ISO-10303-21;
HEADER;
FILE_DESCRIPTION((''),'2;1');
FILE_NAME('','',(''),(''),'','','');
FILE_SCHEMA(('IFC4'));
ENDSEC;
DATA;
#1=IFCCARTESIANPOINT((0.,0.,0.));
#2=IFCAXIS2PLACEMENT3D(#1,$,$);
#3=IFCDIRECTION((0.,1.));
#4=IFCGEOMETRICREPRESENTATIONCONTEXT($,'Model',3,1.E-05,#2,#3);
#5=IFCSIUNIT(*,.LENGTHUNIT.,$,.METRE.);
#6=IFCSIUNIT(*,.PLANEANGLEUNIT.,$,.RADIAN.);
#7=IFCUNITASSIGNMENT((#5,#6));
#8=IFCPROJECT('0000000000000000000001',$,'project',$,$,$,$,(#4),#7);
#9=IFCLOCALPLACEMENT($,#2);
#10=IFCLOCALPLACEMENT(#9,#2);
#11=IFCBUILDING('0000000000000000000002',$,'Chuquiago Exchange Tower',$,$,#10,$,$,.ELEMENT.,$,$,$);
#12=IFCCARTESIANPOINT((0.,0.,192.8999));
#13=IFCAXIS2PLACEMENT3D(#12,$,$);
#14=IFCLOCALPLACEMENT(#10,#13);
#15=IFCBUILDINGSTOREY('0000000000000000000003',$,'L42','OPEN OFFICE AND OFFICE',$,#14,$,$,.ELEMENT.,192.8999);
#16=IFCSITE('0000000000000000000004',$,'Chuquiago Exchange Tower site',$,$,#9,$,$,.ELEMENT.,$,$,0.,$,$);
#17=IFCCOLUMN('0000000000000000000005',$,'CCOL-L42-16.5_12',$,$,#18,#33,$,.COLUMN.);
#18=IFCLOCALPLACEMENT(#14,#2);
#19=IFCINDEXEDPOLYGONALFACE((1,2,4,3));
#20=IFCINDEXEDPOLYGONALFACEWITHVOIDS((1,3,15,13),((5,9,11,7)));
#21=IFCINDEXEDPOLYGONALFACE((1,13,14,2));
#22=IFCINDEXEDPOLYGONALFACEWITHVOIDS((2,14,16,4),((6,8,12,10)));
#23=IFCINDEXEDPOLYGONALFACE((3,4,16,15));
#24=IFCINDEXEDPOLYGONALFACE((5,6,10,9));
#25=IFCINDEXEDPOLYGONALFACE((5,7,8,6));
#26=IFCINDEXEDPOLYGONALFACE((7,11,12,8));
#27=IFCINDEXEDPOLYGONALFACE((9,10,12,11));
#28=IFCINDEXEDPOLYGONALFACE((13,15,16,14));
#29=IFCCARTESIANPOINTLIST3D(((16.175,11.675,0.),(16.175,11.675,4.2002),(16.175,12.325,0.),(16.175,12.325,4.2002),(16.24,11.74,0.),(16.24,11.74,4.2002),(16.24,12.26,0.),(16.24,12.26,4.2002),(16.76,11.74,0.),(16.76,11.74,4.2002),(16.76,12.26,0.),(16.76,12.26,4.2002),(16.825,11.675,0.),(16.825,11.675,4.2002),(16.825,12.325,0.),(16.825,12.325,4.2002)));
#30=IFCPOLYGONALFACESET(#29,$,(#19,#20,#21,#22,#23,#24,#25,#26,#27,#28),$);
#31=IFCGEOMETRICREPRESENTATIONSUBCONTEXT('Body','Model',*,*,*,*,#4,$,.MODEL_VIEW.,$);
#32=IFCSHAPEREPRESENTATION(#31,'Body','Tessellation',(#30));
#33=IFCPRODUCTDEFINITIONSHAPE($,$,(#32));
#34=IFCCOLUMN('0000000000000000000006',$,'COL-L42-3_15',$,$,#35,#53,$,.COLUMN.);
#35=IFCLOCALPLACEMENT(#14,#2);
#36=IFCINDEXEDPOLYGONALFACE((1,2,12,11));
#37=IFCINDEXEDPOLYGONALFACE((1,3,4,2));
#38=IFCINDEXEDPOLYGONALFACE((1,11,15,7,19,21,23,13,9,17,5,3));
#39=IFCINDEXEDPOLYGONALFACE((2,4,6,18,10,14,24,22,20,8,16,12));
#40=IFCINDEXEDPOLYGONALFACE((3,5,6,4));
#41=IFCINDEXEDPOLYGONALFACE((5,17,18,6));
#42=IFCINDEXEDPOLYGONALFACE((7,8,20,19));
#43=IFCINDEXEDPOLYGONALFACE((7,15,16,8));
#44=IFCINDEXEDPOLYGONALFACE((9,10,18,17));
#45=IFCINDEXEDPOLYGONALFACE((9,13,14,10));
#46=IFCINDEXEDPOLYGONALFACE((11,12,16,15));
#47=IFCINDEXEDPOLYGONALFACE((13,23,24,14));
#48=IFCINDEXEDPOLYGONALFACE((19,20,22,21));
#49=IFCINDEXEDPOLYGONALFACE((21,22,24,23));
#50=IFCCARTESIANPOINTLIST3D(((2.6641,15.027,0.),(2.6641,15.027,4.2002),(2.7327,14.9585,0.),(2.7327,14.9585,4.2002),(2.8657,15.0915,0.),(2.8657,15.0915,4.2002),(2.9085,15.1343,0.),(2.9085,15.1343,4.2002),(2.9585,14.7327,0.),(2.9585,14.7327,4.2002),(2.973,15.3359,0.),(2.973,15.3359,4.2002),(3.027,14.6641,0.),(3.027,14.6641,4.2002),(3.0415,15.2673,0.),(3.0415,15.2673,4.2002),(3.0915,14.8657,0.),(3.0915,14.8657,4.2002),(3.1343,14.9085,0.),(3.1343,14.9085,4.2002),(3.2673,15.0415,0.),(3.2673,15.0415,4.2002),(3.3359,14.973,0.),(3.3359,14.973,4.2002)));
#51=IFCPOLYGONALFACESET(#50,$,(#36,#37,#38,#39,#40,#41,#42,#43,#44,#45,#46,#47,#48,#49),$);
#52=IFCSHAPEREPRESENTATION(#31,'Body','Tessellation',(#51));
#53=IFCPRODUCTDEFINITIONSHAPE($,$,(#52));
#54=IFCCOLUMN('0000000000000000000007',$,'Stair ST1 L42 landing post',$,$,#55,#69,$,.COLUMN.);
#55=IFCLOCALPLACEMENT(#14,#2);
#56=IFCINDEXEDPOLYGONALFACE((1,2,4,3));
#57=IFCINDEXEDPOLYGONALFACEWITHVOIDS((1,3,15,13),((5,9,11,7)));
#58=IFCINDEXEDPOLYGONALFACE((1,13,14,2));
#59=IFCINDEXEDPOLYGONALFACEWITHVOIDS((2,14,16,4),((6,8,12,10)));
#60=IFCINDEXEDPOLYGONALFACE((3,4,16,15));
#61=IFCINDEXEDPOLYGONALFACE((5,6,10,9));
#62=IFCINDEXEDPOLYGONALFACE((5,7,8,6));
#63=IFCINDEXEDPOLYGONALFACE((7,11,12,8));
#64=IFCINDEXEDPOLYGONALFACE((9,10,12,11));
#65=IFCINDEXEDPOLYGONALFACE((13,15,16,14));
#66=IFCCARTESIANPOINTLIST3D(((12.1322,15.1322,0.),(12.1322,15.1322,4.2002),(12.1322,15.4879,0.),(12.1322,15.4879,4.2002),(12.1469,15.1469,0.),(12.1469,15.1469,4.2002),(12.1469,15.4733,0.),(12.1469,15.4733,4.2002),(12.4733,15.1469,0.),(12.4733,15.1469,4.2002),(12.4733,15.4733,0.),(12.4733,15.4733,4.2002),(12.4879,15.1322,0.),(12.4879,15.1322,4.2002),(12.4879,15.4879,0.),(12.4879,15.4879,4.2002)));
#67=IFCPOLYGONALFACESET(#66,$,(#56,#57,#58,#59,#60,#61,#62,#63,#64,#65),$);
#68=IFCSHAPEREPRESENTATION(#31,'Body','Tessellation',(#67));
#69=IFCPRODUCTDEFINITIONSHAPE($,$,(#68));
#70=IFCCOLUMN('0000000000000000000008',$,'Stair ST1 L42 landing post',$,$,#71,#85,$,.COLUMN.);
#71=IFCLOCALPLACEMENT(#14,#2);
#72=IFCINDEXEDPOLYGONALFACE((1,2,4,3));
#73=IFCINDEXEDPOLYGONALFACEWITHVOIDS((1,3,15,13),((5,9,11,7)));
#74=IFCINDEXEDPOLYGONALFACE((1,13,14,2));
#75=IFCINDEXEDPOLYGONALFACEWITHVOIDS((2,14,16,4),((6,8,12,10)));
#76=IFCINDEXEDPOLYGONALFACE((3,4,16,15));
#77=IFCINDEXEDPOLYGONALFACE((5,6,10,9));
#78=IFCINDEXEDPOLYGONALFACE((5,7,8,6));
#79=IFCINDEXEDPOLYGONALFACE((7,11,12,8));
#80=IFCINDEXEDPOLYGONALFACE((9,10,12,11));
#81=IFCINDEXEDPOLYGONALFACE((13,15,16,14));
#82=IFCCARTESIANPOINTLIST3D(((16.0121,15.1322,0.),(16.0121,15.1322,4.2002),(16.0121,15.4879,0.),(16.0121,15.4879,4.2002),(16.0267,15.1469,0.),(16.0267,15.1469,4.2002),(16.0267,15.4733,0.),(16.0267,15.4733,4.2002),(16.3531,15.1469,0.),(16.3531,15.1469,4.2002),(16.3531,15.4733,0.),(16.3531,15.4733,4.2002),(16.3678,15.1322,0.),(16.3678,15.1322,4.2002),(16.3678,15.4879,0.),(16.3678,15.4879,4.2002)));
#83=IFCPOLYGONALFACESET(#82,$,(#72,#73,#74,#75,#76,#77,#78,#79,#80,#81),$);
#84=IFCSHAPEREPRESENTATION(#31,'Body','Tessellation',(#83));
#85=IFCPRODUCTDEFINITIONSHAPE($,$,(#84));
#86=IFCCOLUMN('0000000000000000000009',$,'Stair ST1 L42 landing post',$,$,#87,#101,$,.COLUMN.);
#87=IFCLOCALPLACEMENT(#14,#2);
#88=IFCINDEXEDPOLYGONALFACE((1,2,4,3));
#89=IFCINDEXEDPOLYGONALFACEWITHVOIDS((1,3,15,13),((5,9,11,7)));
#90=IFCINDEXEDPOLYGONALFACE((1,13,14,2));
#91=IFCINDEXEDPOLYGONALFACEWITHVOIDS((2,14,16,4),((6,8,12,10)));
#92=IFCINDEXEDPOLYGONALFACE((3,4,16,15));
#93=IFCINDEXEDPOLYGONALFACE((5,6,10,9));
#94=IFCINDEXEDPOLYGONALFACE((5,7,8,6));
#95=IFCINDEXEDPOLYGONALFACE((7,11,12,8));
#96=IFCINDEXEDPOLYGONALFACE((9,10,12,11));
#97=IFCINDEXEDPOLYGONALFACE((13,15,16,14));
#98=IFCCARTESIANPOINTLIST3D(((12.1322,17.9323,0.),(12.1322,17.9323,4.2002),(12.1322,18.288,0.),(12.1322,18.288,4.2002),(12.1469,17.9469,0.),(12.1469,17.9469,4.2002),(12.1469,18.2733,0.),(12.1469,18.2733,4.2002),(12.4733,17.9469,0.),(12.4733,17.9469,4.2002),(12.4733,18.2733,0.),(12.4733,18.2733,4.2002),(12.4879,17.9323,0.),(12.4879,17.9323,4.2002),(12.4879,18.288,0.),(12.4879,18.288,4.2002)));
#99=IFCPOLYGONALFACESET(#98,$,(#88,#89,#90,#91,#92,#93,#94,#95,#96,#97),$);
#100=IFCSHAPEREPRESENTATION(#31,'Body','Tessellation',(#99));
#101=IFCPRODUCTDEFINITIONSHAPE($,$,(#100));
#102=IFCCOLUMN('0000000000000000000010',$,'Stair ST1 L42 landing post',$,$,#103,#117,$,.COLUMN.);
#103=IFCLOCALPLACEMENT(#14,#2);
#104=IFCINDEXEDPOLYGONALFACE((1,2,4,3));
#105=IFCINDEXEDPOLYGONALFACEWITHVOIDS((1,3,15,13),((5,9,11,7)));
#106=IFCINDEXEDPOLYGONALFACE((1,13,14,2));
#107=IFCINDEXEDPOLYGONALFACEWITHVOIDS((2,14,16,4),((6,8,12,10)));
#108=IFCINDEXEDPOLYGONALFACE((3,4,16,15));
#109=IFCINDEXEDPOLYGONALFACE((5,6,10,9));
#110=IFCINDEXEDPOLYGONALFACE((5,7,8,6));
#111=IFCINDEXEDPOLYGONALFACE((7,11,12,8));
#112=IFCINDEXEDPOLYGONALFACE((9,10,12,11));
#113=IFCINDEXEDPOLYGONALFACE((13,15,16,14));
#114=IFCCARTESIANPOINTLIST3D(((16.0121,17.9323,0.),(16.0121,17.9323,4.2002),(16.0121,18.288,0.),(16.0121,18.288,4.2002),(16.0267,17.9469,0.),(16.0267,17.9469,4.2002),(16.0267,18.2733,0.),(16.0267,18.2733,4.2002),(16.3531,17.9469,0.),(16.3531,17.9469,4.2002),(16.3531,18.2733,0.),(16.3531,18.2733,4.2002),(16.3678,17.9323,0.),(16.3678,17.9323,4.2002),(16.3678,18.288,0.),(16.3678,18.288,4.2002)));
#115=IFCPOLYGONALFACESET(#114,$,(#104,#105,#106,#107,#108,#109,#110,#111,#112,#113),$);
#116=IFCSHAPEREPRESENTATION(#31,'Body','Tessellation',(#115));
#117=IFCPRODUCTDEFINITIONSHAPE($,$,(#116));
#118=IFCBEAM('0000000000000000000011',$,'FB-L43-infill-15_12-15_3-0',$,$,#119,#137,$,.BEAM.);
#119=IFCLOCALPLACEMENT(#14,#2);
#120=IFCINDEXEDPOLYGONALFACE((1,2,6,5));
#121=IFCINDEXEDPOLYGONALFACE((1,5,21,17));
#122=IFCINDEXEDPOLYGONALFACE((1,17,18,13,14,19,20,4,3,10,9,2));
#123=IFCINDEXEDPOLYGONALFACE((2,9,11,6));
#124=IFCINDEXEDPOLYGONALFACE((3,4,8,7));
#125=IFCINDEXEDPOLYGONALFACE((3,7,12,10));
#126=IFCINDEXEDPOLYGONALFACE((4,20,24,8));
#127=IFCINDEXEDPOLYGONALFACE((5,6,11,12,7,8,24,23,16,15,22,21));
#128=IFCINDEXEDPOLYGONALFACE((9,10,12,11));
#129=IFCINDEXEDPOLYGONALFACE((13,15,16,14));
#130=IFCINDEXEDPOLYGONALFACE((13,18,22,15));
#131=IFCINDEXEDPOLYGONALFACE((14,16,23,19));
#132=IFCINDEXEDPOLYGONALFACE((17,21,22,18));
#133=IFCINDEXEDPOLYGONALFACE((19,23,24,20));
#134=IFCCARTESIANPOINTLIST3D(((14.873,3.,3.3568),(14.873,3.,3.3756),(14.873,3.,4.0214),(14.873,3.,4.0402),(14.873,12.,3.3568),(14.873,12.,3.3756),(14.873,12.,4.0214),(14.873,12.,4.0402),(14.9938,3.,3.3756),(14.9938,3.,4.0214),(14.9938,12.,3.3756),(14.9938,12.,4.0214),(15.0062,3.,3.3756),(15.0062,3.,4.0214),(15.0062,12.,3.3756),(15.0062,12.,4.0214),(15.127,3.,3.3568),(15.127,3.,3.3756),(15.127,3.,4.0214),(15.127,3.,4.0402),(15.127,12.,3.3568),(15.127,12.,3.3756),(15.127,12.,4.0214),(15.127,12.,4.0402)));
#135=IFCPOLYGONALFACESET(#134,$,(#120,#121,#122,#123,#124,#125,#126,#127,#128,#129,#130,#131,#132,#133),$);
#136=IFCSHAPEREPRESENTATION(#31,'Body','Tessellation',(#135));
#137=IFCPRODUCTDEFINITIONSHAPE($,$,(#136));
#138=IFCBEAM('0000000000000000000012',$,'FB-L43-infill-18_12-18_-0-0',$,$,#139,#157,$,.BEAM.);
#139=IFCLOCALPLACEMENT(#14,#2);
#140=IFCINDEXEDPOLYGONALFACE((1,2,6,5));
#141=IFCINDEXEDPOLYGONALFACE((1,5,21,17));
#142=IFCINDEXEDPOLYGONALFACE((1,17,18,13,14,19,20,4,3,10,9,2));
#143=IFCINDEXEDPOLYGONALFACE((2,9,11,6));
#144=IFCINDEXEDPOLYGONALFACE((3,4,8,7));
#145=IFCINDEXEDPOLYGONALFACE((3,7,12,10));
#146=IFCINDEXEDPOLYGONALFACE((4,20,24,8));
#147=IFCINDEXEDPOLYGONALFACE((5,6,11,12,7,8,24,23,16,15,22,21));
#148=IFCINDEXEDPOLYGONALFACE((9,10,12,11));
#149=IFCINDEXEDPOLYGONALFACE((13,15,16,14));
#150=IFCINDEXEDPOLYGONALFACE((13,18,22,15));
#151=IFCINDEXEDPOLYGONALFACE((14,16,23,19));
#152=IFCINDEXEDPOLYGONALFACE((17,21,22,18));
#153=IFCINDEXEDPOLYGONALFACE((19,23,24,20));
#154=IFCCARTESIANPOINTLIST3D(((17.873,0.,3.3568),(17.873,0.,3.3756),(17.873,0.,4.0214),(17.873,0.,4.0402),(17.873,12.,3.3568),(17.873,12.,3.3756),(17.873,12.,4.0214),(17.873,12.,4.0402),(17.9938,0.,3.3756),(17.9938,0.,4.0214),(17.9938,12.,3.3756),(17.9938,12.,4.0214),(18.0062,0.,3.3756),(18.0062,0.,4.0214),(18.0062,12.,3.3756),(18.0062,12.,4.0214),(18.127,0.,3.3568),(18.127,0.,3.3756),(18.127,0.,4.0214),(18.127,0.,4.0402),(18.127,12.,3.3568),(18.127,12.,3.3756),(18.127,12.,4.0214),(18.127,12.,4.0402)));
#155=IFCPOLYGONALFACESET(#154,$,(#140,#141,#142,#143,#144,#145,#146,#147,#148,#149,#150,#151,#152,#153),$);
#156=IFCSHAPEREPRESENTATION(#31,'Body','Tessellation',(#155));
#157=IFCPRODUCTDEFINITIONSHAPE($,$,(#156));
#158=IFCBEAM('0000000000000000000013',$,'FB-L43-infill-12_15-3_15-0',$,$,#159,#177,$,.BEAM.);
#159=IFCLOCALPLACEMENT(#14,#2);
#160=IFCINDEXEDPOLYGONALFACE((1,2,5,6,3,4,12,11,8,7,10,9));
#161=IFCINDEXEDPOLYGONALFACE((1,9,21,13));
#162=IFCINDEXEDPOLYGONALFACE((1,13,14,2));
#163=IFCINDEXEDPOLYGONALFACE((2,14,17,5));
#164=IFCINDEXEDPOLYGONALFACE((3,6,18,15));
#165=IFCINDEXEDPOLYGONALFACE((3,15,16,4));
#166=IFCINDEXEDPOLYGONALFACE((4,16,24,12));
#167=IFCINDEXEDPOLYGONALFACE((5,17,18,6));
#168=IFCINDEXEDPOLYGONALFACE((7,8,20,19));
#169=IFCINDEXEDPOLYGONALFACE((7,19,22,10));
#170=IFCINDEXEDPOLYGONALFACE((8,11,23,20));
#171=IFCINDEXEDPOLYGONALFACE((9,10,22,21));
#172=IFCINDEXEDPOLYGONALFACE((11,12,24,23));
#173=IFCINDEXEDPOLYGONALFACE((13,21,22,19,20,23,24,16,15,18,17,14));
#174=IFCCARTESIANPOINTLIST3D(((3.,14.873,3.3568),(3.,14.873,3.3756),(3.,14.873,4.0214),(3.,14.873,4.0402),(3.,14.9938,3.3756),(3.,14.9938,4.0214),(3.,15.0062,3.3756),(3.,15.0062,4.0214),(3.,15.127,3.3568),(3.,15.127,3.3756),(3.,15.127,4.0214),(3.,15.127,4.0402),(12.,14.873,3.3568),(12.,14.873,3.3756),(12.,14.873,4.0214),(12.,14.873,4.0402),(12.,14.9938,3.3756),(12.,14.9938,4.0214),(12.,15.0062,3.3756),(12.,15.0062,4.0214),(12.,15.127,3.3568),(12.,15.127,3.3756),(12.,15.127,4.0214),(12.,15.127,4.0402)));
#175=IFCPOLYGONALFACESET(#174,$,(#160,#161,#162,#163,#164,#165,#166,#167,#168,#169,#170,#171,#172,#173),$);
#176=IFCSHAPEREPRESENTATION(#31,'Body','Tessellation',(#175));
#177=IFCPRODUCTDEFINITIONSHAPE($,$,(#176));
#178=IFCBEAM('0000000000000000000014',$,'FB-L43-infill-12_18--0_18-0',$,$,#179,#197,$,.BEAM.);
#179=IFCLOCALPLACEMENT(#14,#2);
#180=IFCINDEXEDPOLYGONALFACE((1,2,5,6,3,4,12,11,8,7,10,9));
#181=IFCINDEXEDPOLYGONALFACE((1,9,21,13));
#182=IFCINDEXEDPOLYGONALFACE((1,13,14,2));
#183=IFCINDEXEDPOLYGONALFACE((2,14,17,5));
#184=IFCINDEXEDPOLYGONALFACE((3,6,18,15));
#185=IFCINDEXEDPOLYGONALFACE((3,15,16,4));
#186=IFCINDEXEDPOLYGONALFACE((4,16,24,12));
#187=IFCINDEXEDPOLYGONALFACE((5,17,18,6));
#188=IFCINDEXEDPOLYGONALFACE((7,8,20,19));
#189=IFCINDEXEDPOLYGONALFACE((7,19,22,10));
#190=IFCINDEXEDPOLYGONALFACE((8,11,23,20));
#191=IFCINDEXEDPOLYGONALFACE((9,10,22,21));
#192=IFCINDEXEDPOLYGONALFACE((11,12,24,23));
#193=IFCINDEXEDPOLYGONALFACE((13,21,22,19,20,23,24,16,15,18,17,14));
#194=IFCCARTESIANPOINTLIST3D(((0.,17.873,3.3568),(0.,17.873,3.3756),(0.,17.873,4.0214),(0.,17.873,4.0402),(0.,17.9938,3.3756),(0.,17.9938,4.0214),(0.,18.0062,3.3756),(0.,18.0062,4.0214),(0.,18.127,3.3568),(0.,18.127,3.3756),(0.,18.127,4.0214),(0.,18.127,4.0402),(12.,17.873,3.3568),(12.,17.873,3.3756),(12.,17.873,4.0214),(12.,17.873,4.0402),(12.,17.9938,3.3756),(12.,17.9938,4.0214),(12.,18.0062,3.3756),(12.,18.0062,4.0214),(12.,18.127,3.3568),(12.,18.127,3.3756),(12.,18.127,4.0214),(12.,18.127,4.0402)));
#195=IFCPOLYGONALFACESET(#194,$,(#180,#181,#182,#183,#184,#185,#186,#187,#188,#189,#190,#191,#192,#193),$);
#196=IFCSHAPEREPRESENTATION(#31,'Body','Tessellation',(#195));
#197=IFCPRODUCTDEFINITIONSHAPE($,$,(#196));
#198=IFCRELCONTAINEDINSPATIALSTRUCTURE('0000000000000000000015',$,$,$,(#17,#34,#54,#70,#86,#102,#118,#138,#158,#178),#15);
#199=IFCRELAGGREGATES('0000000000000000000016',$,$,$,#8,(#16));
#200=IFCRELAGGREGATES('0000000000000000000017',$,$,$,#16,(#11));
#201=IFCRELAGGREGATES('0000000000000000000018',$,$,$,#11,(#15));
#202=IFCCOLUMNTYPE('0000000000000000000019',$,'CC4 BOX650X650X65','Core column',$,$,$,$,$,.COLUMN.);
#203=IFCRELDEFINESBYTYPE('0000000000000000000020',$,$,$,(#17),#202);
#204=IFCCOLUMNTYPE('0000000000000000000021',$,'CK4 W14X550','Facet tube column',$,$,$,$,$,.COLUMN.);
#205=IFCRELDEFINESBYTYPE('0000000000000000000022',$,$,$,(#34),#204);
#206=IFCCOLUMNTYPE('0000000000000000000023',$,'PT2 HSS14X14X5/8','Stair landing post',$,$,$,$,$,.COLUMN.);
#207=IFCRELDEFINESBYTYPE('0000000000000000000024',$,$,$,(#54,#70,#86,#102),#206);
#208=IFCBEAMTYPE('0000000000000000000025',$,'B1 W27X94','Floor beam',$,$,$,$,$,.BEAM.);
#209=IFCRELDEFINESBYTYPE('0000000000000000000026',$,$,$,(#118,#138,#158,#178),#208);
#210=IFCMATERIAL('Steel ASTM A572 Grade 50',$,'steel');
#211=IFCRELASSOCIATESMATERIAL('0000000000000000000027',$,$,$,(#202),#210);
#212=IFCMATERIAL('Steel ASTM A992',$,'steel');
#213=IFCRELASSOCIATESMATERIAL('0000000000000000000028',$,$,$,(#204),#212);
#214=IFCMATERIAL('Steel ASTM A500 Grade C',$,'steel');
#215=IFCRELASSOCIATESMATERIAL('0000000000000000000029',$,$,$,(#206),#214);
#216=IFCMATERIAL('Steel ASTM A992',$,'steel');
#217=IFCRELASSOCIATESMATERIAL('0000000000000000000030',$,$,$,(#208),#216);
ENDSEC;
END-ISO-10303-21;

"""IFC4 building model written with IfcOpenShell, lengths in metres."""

from ifc_helpers import new_model, si_unit, direction, frame, origin, origin_2d, place, context, subcontext, project, spatial, hollow_rectangle, i_section, extrude, material, material_profile, profile_set, type_object, element, save


model = new_model("IFC4")

# Units and contexts
model_context = context("Model", 3, precision=1e-05, world=origin(), true_north=direction((0.0, 1.0)))
body_context = subcontext(model_context, "Body", "Model", "MODEL_VIEW")
ifc_project = project(units=[si_unit("LENGTHUNIT", "METRE"), si_unit("PLANEANGLEUNIT", "RADIAN")], contexts=[model_context])

# Site, building, storey
site_placement = place(None, origin())
site = spatial("IfcSite", under=ifc_project, at=site_placement, Name="Chuquiago Exchange Tower site", CompositionType="ELEMENT", RefElevation=0.0)
building_placement = place(site_placement, origin())
building = spatial("IfcBuilding", under=site, at=building_placement, Name="Chuquiago Exchange Tower", CompositionType="ELEMENT")
storey_placement = place(building_placement, frame((0.0, 0.0, 192.8999)))
storey = spatial("IfcBuildingStorey", under=building, at=storey_placement, Name="L42", Description="OPEN OFFICE AND OFFICE", CompositionType="ELEMENT", Elevation=192.8999)

# Columns
ifc_material_1 = material(Name="Steel ASTM A572 Grade 50", Category="steel")
ifc_material_profile_1 = material_profile(ifc_material_1, hollow_rectangle(XDim=0.6499, YDim=0.6499, WallThickness=0.0649, at=origin_2d()), Name="BOX650X650X65")
ifc_profile_set_1 = profile_set([ifc_material_profile_1], Name="Steel ASTM A572 Grade 50")
column_type_1 = type_object("IfcColumnType", Name="CC4 BOX650X650X65", Description="Core column", PredefinedType="COLUMN", material=ifc_profile_set_1)
column_1_placement = place(storey_placement, frame((16.5, 12.0, 0.0), z_axis=(0.0, 0.0, 1.0), x_axis=(1.0, 0.0, 0.0)))
element("IfcColumn", 1, at=column_1_placement, inside=storey, type_object=column_type_1, Name="CCOL-L42-16.5_12", PredefinedType="COLUMN", context=body_context, shape_type="SweptSolid", body=[
    extrude(hollow_rectangle(XDim=0.6499, YDim=0.6499, WallThickness=0.0649, at=origin_2d()), origin(), (0.0, 0.0, 1.0), 4.2002),
])
ifc_material_2 = material(Name="Steel ASTM A992", Category="steel")
ifc_material_profile_2 = material_profile(ifc_material_2, i_section(OverallWidth=0.4368, OverallDepth=0.5132, WebThickness=0.0605, FlangeThickness=0.0969, at=origin_2d()), Name="W14X550")
ifc_profile_set_2 = profile_set([ifc_material_profile_2], Name="Steel ASTM A992")
column_type_2 = type_object("IfcColumnType", Name="CK4 W14X550", Description="Facet tube column", PredefinedType="COLUMN", material=ifc_profile_set_2)
column_2_placement = place(storey_placement, frame((3.0, 15.0, 0.0), z_axis=(0.0, 0.0, 1.0), x_axis=(-0.707107, -0.707107, 0.0)))
element("IfcColumn", 2, at=column_2_placement, inside=storey, type_object=column_type_2, Name="COL-L42-3_15", PredefinedType="COLUMN", context=body_context, shape_type="SweptSolid", body=[
    extrude(i_section(OverallWidth=0.4368, OverallDepth=0.5132, WebThickness=0.0605, FlangeThickness=0.0969, at=origin_2d()), origin(), (0.0, 0.0, 1.0), 4.2002),
])
ifc_material_3 = material(Name="Steel ASTM A500 Grade C", Category="steel")
ifc_material_profile_3 = material_profile(ifc_material_3, hollow_rectangle(XDim=0.3557, YDim=0.3557, WallThickness=0.0146, at=origin_2d()), Name="HSS14X14X5/8")
ifc_profile_set_3 = profile_set([ifc_material_profile_3], Name="Steel ASTM A500 Grade C")
column_type_3 = type_object("IfcColumnType", Name="PT2 HSS14X14X5/8", Description="Stair landing post", PredefinedType="COLUMN", material=ifc_profile_set_3)
for number, where, z_axis, x_axis, name in (
    (3, (12.3101, 15.3101, 0.0), (0.0, 0.0, 1.0), (1.0, 0.0, 0.0), "Stair ST1 L42 landing post"),
    (4, (16.1899, 15.3101, 0.0), (0.0, 0.0, 1.0), (1.0, 0.0, 0.0), "Stair ST1 L42 landing post"),
    (5, (12.3101, 18.1101, 0.0), (0.0, 0.0, 1.0), (1.0, 0.0, 0.0), "Stair ST1 L42 landing post"),
    (6, (16.1899, 18.1101, 0.0), (0.0, 0.0, 1.0), (1.0, 0.0, 0.0), "Stair ST1 L42 landing post"),
):
    element("IfcColumn", number, at=place(storey_placement, frame(where, z_axis=z_axis, x_axis=x_axis)), inside=storey, type_object=column_type_3, Name=name, PredefinedType="COLUMN", context=body_context, shape_type="SweptSolid", body=[
        extrude(hollow_rectangle(XDim=0.3557, YDim=0.3557, WallThickness=0.0146, at=origin_2d()), origin(), (0.0, 0.0, 1.0), 4.2002),
    ])

# Beams
ifc_material_4 = material(Name="Steel ASTM A992", Category="steel")
ifc_material_profile_4 = material_profile(ifc_material_4, i_section(OverallWidth=0.2539, OverallDepth=0.6833, WebThickness=0.0125, FlangeThickness=0.0188, at=origin_2d()), Name="W27X94")
ifc_profile_set_4 = profile_set([ifc_material_profile_4], Name="Steel ASTM A992")
beam_type_1 = type_object("IfcBeamType", Name="B1 W27X94", Description="Floor beam", PredefinedType="BEAM", material=ifc_profile_set_4)
beam_1_placement = place(storey_placement, frame((15.0, 12.0, 3.6985), z_axis=(0.0, -1.0, 0.0), x_axis=(1.0, 0.0, 0.0)))
element("IfcBeam", 7, at=beam_1_placement, inside=storey, type_object=beam_type_1, Name="FB-L43-infill-15_12-15_3-0", PredefinedType="BEAM", context=body_context, shape_type="SweptSolid", body=[
    extrude(i_section(OverallWidth=0.2539, OverallDepth=0.6833, WebThickness=0.0125, FlangeThickness=0.0188, at=origin_2d()), origin(), (0.0, 0.0, 1.0), 9.0),
])
beam_2_placement = place(storey_placement, frame((18.0, 12.0, 3.6985), z_axis=(0.0, -1.0, 0.0), x_axis=(1.0, 0.0, 0.0)))
element("IfcBeam", 8, at=beam_2_placement, inside=storey, type_object=beam_type_1, Name="FB-L43-infill-18_12-18_-0-0", PredefinedType="BEAM", context=body_context, shape_type="SweptSolid", body=[
    extrude(i_section(OverallWidth=0.2539, OverallDepth=0.6833, WebThickness=0.0125, FlangeThickness=0.0188, at=origin_2d()), origin(), (0.0, 0.0, 1.0), 12.0),
])
beam_3_placement = place(storey_placement, frame((12.0, 15.0, 3.6985), z_axis=(-1.0, 0.0, 0.0), x_axis=(0.0, -1.0, 0.0)))
element("IfcBeam", 9, at=beam_3_placement, inside=storey, type_object=beam_type_1, Name="FB-L43-infill-12_15-3_15-0", PredefinedType="BEAM", context=body_context, shape_type="SweptSolid", body=[
    extrude(i_section(OverallWidth=0.2539, OverallDepth=0.6833, WebThickness=0.0125, FlangeThickness=0.0188, at=origin_2d()), origin(), (0.0, 0.0, 1.0), 9.0),
])
beam_4_placement = place(storey_placement, frame((12.0, 18.0, 3.6985), z_axis=(-1.0, 0.0, 0.0), x_axis=(0.0, -1.0, 0.0)))
element("IfcBeam", 10, at=beam_4_placement, inside=storey, type_object=beam_type_1, Name="FB-L43-infill-12_18--0_18-0", PredefinedType="BEAM", context=body_context, shape_type="SweptSolid", body=[
    extrude(i_section(OverallWidth=0.2539, OverallDepth=0.6833, WebThickness=0.0125, FlangeThickness=0.0188, at=origin_2d()), origin(), (0.0, 0.0, 1.0), 12.0),
])

save(model, "model.ifc")
